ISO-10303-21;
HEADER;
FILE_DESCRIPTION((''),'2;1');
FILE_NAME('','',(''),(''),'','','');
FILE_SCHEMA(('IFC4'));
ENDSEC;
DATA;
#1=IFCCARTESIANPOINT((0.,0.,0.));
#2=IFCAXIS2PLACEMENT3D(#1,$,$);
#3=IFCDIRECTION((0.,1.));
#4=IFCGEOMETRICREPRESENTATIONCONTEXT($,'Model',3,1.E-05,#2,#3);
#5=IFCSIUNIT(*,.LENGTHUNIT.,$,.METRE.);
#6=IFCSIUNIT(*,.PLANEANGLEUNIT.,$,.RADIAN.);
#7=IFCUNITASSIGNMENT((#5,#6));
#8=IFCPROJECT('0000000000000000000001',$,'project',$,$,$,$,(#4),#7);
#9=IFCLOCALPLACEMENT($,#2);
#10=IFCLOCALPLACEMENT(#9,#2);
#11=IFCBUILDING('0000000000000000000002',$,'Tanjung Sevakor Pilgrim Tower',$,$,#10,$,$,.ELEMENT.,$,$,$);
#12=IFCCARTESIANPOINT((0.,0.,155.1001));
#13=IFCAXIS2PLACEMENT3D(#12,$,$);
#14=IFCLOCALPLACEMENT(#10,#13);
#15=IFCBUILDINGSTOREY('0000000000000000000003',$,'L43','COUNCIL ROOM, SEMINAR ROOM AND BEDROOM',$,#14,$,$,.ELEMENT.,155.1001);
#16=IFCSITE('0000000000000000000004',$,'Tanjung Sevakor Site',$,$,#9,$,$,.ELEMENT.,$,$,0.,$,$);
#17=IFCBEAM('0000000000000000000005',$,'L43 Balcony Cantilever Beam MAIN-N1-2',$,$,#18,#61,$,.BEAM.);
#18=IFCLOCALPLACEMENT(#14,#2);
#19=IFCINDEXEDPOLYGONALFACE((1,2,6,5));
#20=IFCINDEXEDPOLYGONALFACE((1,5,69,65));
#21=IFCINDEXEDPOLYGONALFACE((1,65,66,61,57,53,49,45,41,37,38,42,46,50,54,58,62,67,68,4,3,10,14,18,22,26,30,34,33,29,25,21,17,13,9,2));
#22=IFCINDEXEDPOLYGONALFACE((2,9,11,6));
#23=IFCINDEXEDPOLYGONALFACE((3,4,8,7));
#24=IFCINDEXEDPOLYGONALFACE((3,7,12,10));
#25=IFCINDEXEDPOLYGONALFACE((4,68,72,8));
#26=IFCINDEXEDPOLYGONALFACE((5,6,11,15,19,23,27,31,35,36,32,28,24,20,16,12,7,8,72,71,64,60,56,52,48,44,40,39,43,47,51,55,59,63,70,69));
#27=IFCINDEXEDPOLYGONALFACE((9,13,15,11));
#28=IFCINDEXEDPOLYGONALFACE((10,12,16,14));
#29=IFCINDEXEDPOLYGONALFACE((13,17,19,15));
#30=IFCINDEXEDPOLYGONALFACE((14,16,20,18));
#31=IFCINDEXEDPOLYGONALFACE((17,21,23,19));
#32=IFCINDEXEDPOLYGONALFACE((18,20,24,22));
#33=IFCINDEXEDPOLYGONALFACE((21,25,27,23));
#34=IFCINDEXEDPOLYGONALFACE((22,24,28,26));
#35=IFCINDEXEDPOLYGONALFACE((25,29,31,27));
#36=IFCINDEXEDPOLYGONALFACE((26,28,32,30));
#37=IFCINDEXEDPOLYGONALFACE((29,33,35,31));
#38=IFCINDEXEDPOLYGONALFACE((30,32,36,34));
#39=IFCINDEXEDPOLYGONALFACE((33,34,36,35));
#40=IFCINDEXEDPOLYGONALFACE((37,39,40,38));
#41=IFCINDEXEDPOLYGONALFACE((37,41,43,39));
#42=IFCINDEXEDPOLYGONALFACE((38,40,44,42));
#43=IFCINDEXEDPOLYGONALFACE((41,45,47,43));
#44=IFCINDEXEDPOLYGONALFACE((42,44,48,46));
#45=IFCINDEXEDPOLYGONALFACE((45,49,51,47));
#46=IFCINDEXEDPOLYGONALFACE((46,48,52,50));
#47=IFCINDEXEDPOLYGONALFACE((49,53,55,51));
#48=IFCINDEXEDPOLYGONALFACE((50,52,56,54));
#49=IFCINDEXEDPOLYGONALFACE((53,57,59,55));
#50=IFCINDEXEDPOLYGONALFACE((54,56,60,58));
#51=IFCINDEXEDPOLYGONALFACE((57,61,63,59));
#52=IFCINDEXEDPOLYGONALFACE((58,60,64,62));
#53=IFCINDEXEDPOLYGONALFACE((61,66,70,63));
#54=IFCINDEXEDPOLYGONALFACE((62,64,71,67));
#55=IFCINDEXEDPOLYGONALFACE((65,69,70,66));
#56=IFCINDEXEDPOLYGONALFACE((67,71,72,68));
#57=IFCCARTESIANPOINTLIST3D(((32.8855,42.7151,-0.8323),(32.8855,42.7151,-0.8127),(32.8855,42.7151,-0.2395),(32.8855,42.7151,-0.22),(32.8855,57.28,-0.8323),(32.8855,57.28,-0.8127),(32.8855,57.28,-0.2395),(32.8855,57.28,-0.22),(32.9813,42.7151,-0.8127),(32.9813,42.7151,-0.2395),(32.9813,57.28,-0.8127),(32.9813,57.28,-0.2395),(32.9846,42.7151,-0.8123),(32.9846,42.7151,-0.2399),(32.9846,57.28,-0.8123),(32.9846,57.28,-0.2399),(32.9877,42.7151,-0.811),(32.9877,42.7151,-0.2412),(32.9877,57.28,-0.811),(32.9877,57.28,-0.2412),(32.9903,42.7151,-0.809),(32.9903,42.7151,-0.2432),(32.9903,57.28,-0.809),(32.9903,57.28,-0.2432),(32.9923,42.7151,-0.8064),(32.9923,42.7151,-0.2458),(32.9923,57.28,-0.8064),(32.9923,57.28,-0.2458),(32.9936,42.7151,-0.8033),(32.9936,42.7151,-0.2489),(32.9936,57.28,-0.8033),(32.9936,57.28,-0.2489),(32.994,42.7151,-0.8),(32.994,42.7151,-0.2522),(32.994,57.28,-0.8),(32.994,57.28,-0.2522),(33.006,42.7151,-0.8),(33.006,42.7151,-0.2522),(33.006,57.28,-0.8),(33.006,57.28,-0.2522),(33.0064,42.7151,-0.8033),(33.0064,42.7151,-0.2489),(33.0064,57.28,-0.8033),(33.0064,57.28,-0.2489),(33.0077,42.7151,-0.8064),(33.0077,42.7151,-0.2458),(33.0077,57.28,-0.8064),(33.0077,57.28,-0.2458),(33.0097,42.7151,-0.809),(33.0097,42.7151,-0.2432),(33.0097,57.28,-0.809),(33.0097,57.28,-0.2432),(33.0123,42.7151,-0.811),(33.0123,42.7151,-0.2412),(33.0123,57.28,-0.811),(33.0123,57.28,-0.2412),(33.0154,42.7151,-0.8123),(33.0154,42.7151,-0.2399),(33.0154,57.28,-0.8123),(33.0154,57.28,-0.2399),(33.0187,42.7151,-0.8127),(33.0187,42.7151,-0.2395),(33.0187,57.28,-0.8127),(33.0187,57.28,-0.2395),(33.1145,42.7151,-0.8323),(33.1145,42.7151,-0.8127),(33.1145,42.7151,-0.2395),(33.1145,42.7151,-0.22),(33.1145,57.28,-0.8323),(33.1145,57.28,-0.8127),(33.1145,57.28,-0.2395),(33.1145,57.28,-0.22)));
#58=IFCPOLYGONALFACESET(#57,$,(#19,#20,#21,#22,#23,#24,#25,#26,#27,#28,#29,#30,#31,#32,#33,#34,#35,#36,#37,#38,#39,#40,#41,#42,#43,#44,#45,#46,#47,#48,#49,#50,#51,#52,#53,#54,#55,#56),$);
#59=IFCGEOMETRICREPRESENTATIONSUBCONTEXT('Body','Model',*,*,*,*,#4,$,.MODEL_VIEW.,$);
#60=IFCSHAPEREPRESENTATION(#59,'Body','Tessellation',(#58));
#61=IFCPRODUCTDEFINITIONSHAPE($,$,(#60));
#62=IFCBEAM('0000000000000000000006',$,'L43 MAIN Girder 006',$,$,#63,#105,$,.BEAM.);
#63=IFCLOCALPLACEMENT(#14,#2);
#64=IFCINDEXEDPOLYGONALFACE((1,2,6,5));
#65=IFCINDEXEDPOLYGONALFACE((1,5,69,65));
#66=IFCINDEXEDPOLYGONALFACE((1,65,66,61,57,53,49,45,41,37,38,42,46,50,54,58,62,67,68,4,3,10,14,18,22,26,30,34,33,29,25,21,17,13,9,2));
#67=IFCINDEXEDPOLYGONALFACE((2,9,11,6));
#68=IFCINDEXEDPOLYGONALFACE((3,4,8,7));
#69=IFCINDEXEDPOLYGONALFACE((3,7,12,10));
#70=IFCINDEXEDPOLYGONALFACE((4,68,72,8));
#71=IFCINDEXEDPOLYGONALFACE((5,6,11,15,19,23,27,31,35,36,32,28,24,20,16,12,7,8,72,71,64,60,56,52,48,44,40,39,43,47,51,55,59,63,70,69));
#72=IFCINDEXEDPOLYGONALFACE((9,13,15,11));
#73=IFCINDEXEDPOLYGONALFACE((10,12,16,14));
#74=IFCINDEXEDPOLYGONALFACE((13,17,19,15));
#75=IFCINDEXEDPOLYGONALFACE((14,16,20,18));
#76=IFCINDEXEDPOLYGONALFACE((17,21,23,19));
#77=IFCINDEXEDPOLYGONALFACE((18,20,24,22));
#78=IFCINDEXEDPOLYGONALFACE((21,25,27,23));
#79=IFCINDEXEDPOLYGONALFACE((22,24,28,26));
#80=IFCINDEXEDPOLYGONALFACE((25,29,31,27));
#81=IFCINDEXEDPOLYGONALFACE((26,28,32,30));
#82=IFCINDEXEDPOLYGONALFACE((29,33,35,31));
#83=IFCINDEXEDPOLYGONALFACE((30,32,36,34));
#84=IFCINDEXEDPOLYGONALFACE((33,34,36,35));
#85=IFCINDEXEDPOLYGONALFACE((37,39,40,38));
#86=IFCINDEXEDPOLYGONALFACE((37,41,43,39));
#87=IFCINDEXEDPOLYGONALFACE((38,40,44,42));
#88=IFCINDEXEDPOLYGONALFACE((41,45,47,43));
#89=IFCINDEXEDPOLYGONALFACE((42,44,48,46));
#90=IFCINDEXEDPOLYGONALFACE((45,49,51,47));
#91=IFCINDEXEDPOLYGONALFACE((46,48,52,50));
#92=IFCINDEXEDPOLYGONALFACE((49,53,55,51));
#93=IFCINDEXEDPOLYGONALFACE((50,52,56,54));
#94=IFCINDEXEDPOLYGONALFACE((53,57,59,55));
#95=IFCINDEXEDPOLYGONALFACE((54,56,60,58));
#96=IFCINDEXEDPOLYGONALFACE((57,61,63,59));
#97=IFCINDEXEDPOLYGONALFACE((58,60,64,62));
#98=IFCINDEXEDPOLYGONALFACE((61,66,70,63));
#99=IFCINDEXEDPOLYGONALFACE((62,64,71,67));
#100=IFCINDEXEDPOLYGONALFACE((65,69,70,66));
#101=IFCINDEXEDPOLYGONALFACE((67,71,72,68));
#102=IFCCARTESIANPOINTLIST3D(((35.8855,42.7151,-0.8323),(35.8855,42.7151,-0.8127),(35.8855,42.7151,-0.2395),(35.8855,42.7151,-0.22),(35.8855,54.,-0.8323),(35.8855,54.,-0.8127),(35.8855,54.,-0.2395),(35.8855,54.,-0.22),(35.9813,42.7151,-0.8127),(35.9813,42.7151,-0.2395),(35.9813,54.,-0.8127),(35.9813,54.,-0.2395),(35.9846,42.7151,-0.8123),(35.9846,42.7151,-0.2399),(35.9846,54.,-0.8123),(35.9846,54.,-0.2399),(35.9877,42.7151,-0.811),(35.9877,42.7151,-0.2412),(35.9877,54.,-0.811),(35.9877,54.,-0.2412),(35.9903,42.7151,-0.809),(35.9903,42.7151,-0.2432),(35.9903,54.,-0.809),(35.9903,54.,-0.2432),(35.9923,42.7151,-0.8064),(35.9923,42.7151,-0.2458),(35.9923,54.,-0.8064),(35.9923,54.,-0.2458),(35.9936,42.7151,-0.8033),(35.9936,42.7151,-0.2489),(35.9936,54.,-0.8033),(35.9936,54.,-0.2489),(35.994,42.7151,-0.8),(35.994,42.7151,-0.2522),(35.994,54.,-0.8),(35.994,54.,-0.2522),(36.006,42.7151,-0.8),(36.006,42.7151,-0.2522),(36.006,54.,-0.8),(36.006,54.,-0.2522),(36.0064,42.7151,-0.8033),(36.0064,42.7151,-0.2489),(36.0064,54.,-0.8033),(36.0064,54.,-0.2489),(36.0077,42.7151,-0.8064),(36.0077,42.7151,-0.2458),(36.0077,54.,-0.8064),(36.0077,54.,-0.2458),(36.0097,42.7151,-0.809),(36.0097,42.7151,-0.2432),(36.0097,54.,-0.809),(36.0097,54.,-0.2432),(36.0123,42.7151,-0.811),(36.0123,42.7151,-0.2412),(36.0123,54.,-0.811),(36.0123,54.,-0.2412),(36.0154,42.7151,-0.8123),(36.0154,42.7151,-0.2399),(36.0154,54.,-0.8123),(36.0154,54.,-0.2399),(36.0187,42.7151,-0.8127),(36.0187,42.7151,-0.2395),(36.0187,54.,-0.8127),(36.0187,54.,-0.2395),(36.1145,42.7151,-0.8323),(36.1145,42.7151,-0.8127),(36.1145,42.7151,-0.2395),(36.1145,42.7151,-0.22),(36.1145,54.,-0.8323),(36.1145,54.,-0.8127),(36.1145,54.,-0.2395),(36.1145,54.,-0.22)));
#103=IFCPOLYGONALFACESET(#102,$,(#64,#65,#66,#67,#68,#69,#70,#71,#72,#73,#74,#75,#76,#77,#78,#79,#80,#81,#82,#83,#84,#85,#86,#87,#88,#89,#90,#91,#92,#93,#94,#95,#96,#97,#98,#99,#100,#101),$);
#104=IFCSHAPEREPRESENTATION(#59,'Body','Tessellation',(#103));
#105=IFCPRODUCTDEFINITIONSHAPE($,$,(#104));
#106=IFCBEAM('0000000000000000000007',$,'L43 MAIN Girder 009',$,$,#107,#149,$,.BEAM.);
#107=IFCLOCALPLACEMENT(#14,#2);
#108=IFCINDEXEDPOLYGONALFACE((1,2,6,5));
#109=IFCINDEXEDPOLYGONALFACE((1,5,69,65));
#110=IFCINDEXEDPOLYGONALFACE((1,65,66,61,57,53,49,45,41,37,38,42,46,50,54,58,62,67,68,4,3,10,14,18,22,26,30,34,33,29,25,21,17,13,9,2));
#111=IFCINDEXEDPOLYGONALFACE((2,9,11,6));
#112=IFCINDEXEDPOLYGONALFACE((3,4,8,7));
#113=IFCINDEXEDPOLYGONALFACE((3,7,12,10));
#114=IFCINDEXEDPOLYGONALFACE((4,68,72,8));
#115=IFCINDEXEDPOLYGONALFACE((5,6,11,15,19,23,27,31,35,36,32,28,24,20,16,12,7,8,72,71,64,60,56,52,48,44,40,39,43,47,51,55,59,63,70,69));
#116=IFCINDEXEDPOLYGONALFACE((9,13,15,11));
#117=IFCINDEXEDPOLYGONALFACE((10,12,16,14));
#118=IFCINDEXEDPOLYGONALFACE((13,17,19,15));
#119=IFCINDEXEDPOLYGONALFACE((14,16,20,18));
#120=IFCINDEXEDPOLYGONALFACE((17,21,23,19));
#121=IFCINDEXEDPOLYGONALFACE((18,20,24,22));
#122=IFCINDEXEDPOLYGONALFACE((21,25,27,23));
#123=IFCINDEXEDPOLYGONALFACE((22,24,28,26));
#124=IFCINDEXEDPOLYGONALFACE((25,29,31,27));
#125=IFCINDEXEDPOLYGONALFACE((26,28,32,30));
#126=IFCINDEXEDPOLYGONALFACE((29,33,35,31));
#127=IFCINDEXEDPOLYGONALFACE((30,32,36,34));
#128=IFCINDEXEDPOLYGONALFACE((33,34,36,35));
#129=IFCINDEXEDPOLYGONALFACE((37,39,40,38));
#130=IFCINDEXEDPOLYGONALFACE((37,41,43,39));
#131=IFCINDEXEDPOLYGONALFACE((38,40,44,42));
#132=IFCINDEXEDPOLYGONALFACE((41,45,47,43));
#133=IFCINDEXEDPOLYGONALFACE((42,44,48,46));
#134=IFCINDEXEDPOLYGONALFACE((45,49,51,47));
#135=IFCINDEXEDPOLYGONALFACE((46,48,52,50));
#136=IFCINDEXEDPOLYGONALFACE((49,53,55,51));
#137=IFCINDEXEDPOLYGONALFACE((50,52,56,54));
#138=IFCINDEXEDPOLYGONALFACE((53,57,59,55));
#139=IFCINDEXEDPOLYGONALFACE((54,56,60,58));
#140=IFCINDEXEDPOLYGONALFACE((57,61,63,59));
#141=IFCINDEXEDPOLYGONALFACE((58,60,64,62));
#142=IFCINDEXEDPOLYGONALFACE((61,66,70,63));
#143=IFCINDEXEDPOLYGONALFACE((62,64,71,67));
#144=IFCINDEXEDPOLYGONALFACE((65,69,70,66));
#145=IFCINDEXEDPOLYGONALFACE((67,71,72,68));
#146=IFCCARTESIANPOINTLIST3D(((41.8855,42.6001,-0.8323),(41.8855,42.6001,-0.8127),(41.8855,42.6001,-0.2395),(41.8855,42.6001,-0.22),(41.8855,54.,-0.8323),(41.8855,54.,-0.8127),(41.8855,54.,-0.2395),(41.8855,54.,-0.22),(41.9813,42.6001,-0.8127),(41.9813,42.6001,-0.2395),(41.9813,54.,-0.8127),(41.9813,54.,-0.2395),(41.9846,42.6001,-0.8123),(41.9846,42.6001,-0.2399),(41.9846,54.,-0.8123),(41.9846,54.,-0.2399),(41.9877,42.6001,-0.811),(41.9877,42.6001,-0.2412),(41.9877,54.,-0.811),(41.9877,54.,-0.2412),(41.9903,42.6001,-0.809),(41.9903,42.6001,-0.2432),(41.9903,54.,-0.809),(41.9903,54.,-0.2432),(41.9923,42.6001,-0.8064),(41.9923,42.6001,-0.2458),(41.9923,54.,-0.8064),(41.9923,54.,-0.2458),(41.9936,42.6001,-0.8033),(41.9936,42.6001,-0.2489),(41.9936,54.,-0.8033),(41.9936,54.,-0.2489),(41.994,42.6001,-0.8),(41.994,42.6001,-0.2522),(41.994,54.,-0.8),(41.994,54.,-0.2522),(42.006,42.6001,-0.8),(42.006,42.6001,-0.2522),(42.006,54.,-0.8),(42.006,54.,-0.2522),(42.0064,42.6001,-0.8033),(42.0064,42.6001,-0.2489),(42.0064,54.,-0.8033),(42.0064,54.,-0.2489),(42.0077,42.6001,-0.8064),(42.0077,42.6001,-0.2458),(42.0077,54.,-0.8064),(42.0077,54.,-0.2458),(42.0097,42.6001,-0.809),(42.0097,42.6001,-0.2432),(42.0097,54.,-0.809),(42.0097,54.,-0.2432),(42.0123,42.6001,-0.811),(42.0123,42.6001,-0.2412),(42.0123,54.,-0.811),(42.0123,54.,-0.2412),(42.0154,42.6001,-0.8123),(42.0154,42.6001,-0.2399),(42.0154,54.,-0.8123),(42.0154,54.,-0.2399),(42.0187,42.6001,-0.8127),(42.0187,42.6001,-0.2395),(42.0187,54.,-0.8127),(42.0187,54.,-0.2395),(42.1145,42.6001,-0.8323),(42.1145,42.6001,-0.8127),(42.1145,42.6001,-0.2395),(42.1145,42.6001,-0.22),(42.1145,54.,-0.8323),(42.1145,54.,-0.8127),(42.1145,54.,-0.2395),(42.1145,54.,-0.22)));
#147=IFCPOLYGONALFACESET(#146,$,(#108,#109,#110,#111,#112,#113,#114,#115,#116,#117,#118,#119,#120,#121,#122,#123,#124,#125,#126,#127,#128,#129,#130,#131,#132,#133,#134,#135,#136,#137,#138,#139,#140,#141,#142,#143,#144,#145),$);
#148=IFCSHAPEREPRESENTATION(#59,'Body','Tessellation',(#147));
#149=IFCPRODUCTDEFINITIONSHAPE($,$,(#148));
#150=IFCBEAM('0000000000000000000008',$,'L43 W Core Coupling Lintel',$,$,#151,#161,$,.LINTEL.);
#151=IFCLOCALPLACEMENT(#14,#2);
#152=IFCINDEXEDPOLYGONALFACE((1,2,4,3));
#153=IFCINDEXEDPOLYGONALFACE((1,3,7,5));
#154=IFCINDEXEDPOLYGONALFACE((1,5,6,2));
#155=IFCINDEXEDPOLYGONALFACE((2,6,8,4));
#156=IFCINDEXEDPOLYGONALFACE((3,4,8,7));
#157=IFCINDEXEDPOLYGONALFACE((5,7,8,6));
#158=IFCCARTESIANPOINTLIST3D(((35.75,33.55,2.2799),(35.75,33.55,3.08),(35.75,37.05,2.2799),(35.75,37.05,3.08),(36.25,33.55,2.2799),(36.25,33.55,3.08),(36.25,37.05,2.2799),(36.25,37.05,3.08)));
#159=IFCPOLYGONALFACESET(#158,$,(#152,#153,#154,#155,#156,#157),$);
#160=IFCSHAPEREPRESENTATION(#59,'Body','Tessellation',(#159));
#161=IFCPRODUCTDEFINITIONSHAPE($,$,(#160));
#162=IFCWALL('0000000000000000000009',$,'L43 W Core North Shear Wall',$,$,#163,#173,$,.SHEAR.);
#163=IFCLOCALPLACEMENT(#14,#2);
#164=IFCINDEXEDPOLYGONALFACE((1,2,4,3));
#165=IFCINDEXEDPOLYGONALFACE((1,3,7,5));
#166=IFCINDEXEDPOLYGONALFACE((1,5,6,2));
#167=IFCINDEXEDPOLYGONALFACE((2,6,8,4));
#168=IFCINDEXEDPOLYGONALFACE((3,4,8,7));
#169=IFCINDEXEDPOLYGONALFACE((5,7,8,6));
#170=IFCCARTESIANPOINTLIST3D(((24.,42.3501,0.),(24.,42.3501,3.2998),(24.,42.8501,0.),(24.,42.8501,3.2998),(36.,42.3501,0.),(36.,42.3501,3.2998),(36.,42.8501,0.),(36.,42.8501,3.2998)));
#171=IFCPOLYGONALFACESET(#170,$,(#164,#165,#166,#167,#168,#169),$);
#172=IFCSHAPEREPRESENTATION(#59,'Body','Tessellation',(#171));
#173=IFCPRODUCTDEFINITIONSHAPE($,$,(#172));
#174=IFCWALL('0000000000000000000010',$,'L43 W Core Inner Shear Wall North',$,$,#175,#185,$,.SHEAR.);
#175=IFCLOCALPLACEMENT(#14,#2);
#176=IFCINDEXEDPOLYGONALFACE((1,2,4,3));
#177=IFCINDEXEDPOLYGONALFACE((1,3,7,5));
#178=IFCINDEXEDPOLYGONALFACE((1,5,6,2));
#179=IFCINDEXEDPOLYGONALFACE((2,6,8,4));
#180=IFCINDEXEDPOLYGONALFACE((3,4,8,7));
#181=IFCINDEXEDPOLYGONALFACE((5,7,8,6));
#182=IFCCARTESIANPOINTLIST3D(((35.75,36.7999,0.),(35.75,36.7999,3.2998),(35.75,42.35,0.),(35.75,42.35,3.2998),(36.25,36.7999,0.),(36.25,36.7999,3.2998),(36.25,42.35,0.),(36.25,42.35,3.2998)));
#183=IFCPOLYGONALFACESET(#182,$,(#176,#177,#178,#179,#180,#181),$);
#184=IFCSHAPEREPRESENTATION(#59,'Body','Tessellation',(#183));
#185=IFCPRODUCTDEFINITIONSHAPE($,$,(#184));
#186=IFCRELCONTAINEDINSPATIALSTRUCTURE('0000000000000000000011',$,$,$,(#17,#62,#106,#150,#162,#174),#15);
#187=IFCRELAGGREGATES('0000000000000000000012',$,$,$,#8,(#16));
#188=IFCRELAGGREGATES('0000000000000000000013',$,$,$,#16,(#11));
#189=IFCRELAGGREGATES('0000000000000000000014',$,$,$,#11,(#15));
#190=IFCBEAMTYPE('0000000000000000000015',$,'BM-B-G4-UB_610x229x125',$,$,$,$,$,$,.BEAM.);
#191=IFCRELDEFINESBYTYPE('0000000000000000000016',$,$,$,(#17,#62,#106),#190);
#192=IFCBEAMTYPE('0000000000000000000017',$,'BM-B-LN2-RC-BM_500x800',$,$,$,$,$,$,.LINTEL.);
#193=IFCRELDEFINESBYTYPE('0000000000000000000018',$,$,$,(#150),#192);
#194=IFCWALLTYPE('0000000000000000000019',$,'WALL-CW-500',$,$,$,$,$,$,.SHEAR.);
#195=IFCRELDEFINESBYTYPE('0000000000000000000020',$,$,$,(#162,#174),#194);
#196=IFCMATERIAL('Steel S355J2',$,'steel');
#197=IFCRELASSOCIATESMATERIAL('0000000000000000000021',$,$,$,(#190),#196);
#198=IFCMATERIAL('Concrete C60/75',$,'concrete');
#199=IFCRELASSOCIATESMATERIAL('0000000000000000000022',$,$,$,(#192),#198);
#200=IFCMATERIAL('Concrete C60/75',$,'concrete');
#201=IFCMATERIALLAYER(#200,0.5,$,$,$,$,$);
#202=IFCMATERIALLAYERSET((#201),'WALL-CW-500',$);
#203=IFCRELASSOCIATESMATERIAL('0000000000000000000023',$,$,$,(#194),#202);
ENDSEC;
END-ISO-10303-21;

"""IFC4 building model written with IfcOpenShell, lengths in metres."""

from ifc_helpers import new_model, si_unit, direction, frame, frame_2d, origin, origin_2d, place, context, subcontext, project, spatial, rectangle, i_section, extrude, material, layer, layer_set, material_profile, profile_set, type_object, element, save


model = new_model("IFC4")

# Units and contexts
model_context = context("Model", 3, precision=1e-05, world=origin(), true_north=direction((0.0, 1.0)))
body_context = subcontext(model_context, "Body", "Model", "MODEL_VIEW")
ifc_project = project(units=[si_unit("LENGTHUNIT", "METRE"), si_unit("PLANEANGLEUNIT", "RADIAN")], contexts=[model_context])

# Site, building, storey
site_placement = place(None, origin())
site = spatial("IfcSite", under=ifc_project, at=site_placement, Name="Tanjung Sevakor Site", CompositionType="ELEMENT", RefElevation=0.0)
building_placement = place(site_placement, origin())
building = spatial("IfcBuilding", under=site, at=building_placement, Name="Tanjung Sevakor Pilgrim Tower", CompositionType="ELEMENT")
storey_placement = place(building_placement, frame((0.0, 0.0, 155.1001)))
storey = spatial("IfcBuildingStorey", under=building, at=storey_placement, Name="L43", Description="COUNCIL ROOM, SEMINAR ROOM AND BEDROOM", CompositionType="ELEMENT", Elevation=155.1001)

# Beams
ifc_material_1 = material(Name="Steel S355J2", Category="steel")
ifc_material_profile_1 = material_profile(ifc_material_1, i_section(OverallWidth=0.229, OverallDepth=0.6123, WebThickness=0.012, FlangeThickness=0.0195, FilletRadius=0.0127, at=origin_2d()))
ifc_profile_set_1 = profile_set([ifc_material_profile_1], Name="Steel S355J2")
beam_type_1 = type_object("IfcBeamType", Name="BM-B-G4-UB_610x229x125", PredefinedType="BEAM", material=ifc_profile_set_1)
beam_1_placement = place(storey_placement, frame((33.0, 42.7151, -0.5261), z_axis=(0.0, 1.0, 0.0), x_axis=(-1.0, 0.0, 0.0)))
element("IfcBeam", 1, at=beam_1_placement, inside=storey, type_object=beam_type_1, Name="L43 Balcony Cantilever Beam MAIN-N1-2", PredefinedType="BEAM", context=body_context, shape_type="SweptSolid", body=[
    extrude(i_section(OverallWidth=0.229, OverallDepth=0.6123, WebThickness=0.012, FlangeThickness=0.0195, FilletRadius=0.0127, at=origin_2d()), origin(), (0.0, 0.0, 1.0), 14.5649),
])
beam_2_placement = place(storey_placement, frame((36.0, 42.7151, -0.5261), z_axis=(0.0, 1.0, 0.0), x_axis=(-1.0, 0.0, 0.0)))
element("IfcBeam", 2, at=beam_2_placement, inside=storey, type_object=beam_type_1, Name="L43 MAIN Girder 006", PredefinedType="BEAM", context=body_context, shape_type="SweptSolid", body=[
    extrude(i_section(OverallWidth=0.229, OverallDepth=0.6123, WebThickness=0.012, FlangeThickness=0.0195, FilletRadius=0.0127, at=origin_2d()), origin(), (0.0, 0.0, 1.0), 11.2849),
])
beam_3_placement = place(storey_placement, frame((42.0, 42.6001, -0.5261), z_axis=(0.0, 1.0, 0.0), x_axis=(-1.0, 0.0, 0.0)))
element("IfcBeam", 3, at=beam_3_placement, inside=storey, type_object=beam_type_1, Name="L43 MAIN Girder 009", PredefinedType="BEAM", context=body_context, shape_type="SweptSolid", body=[
    extrude(i_section(OverallWidth=0.229, OverallDepth=0.6123, WebThickness=0.012, FlangeThickness=0.0195, FilletRadius=0.0127, at=origin_2d()), origin(), (0.0, 0.0, 1.0), 11.3999),
])
ifc_material_2 = material(Name="Concrete C60/75", Category="concrete")
ifc_material_profile_2 = material_profile(ifc_material_2, rectangle(XDim=0.5, YDim=0.8, at=origin_2d()))
ifc_profile_set_2 = profile_set([ifc_material_profile_2], Name="Concrete C60/75")
beam_type_2 = type_object("IfcBeamType", Name="BM-B-LN2-RC-BM_500x800", PredefinedType="LINTEL", material=ifc_profile_set_2)
beam_4_placement = place(storey_placement, frame((36.0, 33.55, 2.6799), z_axis=(0.0, 1.0, 0.0), x_axis=(-1.0, 0.0, 0.0)))
element("IfcBeam", 4, at=beam_4_placement, inside=storey, type_object=beam_type_2, Name="L43 W Core Coupling Lintel", PredefinedType="LINTEL", context=body_context, shape_type="SweptSolid", body=[
    extrude(rectangle(XDim=0.5, YDim=0.8, at=origin_2d()), origin(), (0.0, 0.0, 1.0), 3.5),
])

# Walls
ifc_material_3 = material(Name="Concrete C60/75", Category="concrete")
ifc_layer_1 = layer(ifc_material_3, 0.5)
ifc_layer_set_1 = layer_set([ifc_layer_1], Name="WALL-CW-500")
wall_type_1 = type_object("IfcWallType", Name="WALL-CW-500", PredefinedType="SHEAR", material=ifc_layer_set_1)
wall_1_placement = place(storey_placement, frame((36.0, 42.6001, 0.0), z_axis=(0.0, 0.0, 1.0), x_axis=(-1.0, 0.0, 0.0)))
element("IfcWall", 5, at=wall_1_placement, inside=storey, type_object=wall_type_1, Name="L43 W Core North Shear Wall", PredefinedType="SHEAR", context=body_context, shape_type="SweptSolid", body=[
    extrude(rectangle(XDim=12.0, YDim=0.5, at=frame_2d((6.0, 0.0))), origin(), (0.0, 0.0, 1.0), 3.2998),
])
wall_2_placement = place(storey_placement, frame((36.0, 36.8, 0.0), z_axis=(0.0, 0.0, 1.0), x_axis=(0.0, 1.0, 0.0)))
element("IfcWall", 6, at=wall_2_placement, inside=storey, type_object=wall_type_1, Name="L43 W Core Inner Shear Wall North", PredefinedType="SHEAR", context=body_context, shape_type="SweptSolid", body=[
    extrude(rectangle(XDim=5.55, YDim=0.5, at=frame_2d((2.7749, 0.0))), origin(), (0.0, 0.0, 1.0), 3.2998),
])

save(model, "model.ifc")
